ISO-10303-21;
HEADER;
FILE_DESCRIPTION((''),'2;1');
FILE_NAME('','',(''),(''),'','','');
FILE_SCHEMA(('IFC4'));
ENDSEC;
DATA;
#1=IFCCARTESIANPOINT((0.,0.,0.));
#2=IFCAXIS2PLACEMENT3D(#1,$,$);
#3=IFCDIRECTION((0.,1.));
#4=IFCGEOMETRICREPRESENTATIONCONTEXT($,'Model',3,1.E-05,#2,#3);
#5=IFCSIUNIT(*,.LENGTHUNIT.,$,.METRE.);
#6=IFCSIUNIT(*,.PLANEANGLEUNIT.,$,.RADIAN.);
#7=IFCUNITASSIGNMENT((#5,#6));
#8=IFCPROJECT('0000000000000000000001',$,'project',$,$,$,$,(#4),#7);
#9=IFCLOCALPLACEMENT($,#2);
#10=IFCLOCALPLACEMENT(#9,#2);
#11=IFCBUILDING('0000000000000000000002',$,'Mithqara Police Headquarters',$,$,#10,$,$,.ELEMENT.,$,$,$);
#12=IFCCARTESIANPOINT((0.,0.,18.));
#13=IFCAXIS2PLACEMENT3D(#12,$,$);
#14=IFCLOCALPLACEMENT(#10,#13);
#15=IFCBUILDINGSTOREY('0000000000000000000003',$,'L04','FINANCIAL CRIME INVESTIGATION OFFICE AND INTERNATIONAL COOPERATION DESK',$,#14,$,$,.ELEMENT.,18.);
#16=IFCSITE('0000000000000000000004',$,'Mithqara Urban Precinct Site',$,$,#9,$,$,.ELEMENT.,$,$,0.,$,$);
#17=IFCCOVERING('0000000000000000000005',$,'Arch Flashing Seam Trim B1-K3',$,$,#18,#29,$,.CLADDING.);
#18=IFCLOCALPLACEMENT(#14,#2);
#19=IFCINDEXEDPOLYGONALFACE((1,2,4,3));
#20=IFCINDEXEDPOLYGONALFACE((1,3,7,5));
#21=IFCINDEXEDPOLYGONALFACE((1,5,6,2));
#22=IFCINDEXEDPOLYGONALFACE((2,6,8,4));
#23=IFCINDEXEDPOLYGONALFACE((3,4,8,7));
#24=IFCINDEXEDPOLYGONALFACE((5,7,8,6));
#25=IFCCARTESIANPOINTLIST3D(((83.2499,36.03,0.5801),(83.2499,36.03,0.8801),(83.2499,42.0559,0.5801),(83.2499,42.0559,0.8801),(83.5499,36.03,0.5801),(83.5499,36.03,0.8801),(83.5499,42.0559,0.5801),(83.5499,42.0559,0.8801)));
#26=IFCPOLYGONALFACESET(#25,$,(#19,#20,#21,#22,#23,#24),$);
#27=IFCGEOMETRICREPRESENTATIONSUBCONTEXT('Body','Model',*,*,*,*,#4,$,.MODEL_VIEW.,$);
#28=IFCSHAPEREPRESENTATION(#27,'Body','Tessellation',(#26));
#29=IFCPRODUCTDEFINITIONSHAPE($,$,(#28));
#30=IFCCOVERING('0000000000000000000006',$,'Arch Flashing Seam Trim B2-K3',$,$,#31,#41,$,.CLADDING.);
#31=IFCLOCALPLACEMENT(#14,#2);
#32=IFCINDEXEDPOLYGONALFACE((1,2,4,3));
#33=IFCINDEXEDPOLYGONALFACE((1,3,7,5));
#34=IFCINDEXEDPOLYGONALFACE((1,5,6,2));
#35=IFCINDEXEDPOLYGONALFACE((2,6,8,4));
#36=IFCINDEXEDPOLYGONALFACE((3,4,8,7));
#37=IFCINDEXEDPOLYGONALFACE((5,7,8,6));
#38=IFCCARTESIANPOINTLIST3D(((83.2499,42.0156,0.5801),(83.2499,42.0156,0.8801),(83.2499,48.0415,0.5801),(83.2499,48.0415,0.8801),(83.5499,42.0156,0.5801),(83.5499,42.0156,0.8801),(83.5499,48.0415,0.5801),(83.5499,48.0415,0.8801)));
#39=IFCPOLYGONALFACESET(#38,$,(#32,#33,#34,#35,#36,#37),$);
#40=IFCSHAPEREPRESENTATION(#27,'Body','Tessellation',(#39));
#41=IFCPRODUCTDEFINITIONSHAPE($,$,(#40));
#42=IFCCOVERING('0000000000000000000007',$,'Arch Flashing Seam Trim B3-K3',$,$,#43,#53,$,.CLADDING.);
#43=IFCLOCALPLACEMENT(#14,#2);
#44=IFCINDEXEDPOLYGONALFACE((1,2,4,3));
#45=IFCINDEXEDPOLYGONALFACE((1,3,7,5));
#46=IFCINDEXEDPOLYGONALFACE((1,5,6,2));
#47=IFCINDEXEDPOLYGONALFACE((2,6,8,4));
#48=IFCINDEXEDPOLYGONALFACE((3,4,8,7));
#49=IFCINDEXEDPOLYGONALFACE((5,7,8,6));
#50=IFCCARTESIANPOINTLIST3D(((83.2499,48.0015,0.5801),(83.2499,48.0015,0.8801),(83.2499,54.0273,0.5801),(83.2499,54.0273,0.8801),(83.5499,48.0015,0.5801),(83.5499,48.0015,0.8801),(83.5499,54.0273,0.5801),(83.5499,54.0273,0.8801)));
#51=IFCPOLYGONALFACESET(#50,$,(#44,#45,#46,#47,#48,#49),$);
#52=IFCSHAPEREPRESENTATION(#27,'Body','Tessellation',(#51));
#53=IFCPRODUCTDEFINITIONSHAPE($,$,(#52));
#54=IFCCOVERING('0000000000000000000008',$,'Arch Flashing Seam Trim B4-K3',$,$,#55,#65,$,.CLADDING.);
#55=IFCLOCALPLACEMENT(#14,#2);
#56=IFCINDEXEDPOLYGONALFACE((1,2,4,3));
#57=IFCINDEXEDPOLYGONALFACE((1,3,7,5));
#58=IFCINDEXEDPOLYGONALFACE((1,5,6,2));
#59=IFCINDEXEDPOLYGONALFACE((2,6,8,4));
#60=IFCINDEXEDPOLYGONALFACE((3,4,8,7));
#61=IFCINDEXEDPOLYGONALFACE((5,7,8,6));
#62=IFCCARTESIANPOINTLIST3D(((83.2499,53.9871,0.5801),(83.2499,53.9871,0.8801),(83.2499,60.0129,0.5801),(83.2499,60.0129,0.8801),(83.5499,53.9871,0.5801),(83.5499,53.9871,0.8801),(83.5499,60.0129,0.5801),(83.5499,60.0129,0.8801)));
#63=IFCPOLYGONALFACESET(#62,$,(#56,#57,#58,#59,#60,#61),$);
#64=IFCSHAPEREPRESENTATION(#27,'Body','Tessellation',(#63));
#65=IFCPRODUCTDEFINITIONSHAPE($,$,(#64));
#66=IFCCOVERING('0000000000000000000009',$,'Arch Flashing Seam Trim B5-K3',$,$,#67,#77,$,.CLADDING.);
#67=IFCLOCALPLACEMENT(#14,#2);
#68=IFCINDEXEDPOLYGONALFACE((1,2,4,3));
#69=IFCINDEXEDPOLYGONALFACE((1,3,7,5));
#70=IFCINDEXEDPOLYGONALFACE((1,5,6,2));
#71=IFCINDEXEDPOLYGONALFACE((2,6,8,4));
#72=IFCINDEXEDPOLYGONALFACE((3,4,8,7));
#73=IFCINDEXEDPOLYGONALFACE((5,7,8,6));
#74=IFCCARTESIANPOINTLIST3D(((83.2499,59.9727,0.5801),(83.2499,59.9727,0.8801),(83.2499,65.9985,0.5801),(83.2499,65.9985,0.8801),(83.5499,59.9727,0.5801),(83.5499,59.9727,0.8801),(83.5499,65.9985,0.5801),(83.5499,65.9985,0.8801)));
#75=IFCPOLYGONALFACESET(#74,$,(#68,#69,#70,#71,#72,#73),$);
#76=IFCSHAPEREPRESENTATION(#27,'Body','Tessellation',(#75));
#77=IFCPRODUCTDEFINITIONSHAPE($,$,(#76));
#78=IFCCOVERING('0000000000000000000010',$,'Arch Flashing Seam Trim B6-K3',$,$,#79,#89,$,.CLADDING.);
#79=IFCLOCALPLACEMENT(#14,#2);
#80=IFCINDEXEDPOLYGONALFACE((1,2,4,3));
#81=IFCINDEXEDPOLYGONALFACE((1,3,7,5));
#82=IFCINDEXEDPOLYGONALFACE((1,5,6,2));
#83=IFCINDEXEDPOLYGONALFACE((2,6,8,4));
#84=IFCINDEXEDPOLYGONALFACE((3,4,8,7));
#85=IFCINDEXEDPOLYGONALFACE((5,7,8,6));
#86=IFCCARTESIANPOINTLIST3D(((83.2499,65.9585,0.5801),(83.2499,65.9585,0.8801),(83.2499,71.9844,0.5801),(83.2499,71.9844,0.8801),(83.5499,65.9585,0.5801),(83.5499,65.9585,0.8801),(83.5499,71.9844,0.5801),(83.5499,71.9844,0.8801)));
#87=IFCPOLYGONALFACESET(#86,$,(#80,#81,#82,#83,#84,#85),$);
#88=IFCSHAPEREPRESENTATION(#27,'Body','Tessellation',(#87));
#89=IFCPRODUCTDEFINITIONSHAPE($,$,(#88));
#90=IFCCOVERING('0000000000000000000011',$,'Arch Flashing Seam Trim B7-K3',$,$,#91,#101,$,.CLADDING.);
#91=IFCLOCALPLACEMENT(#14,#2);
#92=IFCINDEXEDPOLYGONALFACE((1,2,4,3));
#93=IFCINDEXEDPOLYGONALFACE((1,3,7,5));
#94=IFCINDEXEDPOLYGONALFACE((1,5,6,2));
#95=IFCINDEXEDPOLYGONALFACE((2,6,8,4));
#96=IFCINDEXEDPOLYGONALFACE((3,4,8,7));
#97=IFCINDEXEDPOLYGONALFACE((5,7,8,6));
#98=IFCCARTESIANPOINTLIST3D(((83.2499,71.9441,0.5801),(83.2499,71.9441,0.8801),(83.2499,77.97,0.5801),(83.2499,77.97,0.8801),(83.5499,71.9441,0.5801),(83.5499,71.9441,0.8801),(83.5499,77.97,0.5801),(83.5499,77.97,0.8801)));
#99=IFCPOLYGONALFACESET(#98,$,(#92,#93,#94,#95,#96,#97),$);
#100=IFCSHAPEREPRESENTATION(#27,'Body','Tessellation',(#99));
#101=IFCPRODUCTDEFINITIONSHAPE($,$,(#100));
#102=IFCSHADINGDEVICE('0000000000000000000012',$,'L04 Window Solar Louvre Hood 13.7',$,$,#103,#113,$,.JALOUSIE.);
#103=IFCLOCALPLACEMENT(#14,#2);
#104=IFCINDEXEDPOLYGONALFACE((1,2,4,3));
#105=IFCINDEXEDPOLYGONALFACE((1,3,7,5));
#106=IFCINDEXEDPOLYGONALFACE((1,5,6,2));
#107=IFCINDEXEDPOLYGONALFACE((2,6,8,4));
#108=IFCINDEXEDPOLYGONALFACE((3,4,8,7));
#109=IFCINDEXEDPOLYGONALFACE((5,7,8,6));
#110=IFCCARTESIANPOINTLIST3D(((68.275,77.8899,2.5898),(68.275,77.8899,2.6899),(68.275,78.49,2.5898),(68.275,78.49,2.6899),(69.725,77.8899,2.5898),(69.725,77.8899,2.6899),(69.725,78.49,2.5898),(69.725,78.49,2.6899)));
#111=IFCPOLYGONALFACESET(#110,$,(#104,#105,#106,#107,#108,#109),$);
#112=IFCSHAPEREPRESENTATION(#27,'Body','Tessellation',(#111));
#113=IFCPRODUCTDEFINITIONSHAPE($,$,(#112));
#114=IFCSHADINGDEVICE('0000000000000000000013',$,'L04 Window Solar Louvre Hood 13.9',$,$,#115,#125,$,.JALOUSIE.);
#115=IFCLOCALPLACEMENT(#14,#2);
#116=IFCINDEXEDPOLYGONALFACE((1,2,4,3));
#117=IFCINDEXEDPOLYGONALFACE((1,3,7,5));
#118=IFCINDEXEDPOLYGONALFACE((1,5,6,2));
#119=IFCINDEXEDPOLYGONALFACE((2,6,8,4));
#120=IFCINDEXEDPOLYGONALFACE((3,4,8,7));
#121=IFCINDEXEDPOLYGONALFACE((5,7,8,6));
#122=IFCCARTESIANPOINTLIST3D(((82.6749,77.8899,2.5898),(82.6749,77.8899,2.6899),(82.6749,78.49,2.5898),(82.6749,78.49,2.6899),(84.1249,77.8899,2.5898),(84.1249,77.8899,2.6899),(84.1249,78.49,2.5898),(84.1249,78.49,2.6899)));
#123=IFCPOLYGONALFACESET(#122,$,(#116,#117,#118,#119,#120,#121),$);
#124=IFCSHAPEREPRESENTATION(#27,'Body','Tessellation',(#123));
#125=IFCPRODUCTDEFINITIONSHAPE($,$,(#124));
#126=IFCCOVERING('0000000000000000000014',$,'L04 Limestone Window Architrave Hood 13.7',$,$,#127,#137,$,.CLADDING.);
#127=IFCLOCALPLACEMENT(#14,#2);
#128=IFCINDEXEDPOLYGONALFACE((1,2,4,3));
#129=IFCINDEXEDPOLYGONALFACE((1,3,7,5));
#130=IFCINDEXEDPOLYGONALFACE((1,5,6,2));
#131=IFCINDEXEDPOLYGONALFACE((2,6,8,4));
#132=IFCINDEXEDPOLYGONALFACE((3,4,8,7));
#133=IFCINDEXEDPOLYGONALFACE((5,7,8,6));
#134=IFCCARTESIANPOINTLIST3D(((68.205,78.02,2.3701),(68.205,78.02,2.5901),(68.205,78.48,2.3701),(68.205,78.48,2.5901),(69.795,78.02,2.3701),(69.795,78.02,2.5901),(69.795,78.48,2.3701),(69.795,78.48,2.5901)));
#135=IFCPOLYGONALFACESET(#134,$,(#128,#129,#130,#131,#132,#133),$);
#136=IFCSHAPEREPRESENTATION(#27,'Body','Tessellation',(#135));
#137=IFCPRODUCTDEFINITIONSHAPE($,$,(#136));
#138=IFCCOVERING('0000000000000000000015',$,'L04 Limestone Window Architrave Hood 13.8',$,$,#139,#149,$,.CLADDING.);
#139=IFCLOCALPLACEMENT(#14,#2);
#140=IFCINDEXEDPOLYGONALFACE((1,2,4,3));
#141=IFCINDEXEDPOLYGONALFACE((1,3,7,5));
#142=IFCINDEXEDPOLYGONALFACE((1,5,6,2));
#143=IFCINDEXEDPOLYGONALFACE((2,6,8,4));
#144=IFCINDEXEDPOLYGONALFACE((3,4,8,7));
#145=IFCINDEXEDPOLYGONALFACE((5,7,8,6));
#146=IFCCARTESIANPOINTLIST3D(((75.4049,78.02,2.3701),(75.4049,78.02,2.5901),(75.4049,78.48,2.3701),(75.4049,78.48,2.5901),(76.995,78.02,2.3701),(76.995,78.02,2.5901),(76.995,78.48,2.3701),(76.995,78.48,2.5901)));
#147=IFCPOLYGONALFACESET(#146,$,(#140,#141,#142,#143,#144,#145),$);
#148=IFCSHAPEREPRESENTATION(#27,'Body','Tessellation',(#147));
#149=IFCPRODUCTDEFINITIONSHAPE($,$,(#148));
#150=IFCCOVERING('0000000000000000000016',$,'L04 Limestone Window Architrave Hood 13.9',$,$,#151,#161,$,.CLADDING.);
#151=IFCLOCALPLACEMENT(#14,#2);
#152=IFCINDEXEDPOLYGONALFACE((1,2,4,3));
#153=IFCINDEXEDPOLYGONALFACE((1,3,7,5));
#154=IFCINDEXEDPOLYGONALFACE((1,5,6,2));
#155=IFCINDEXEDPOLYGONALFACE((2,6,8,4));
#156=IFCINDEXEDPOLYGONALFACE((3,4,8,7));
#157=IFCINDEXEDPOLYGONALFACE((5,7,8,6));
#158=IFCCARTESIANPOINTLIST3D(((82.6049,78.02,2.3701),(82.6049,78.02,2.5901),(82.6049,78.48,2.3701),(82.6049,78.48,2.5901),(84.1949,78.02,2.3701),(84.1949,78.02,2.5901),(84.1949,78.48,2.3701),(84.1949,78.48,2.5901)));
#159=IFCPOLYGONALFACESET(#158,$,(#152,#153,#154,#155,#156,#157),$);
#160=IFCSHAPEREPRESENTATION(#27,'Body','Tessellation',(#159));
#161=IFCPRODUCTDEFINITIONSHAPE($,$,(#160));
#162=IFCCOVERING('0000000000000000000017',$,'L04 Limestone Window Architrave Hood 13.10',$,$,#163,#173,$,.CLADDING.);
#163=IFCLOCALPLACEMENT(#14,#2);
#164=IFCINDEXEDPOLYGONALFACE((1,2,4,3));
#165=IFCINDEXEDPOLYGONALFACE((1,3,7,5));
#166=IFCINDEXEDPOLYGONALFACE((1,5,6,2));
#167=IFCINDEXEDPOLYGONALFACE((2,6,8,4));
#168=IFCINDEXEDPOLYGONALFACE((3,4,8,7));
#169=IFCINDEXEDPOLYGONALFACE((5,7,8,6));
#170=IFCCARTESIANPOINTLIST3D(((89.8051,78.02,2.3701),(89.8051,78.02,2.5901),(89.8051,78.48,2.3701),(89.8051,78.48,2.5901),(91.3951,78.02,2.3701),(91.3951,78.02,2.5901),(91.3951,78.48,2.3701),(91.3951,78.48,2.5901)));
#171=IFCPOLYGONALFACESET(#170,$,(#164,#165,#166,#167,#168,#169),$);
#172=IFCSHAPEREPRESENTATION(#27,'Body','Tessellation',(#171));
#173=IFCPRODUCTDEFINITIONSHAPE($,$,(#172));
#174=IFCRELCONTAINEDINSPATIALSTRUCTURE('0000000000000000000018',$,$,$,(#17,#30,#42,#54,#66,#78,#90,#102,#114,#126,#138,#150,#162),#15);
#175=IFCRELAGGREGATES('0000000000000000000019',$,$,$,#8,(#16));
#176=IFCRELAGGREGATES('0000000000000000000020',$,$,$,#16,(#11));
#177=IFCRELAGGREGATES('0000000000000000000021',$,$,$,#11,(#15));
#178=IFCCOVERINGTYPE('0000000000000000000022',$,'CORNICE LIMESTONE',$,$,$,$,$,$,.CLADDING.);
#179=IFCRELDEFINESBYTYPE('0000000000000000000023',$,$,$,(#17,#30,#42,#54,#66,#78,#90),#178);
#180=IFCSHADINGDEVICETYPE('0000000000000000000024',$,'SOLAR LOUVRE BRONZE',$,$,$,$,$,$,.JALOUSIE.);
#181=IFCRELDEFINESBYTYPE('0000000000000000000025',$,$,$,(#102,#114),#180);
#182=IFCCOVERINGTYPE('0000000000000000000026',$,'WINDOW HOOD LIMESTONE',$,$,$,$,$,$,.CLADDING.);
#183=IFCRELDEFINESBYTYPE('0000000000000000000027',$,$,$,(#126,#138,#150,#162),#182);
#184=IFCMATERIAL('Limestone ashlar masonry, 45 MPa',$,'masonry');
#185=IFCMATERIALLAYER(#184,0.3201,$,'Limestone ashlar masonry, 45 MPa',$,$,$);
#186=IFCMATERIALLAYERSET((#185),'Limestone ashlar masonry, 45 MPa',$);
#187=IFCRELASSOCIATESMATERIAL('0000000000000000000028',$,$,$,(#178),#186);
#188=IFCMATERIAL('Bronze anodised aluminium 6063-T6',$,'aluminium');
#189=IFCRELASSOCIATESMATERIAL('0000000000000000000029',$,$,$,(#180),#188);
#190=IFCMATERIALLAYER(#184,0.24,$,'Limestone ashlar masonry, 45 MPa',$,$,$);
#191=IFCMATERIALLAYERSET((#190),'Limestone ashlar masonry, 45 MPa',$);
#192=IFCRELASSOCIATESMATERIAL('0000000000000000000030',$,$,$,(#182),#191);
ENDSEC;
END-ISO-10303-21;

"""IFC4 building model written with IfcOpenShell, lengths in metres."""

from ifc_helpers import new_model, si_unit, direction, frame, origin, origin_2d, place, context, subcontext, project, spatial, rectangle, extrude, material, layer, layer_set, type_object, element, save


model = new_model("IFC4")

# Units and contexts
model_context = context("Model", 3, precision=1e-05, world=origin(), true_north=direction((0.0, 1.0)))
body_context = subcontext(model_context, "Body", "Model", "MODEL_VIEW")
ifc_project = project(units=[si_unit("LENGTHUNIT", "METRE"), si_unit("PLANEANGLEUNIT", "RADIAN")], contexts=[model_context])

# Site, building, storey
site_placement = place(None, origin())
site = spatial("IfcSite", under=ifc_project, at=site_placement, Name="Mithqara Urban Precinct Site", CompositionType="ELEMENT", RefElevation=0.0)
building_placement = place(site_placement, origin())
building = spatial("IfcBuilding", under=site, at=building_placement, Name="Mithqara Police Headquarters", CompositionType="ELEMENT")
storey_placement = place(building_placement, frame((0.0, 0.0, 18.0)))
storey = spatial("IfcBuildingStorey", under=building, at=storey_placement, Name="L04", Description="FINANCIAL CRIME INVESTIGATION OFFICE AND INTERNATIONAL COOPERATION DESK", CompositionType="ELEMENT", Elevation=18.0)

# Coverings
ifc_material_1 = material(Name="Limestone ashlar masonry, 45 MPa", Category="masonry")
ifc_layer_1 = layer(ifc_material_1, 0.3201, Name="Limestone ashlar masonry, 45 MPa")
ifc_layer_set_1 = layer_set([ifc_layer_1], Name="Limestone ashlar masonry, 45 MPa")
covering_type_1 = type_object("IfcCoveringType", Name="CORNICE LIMESTONE", PredefinedType="CLADDING", material=ifc_layer_set_1)
for number, where, z_axis, x_axis, name in (
    (1, (83.3999, 39.043, 0.5801), (0.0, 0.0, 1.0), (1.0, 0.0, 0.0), "Arch Flashing Seam Trim B1-K3"),
    (2, (83.3999, 45.0286, 0.5801), (0.0, 0.0, 1.0), (1.0, 0.0, 0.0), "Arch Flashing Seam Trim B2-K3"),
    (3, (83.3999, 51.0144, 0.5801), (0.0, 0.0, 1.0), (1.0, 0.0, 0.0), "Arch Flashing Seam Trim B3-K3"),
    (4, (83.3999, 57.0, 0.5801), (0.0, 0.0, 1.0), (1.0, 0.0, 0.0), "Arch Flashing Seam Trim B4-K3"),
    (5, (83.3999, 62.9856, 0.5801), (0.0, 0.0, 1.0), (1.0, 0.0, 0.0), "Arch Flashing Seam Trim B5-K3"),
    (6, (83.3999, 68.9714, 0.5801), (0.0, 0.0, 1.0), (1.0, 0.0, 0.0), "Arch Flashing Seam Trim B6-K3"),
    (7, (83.3999, 74.957, 0.5801), (0.0, 0.0, 1.0), (1.0, 0.0, 0.0), "Arch Flashing Seam Trim B7-K3"),
):
    element("IfcCovering", number, at=place(storey_placement, frame(where, z_axis=z_axis, x_axis=x_axis)), inside=storey, type_object=covering_type_1, Name=name, PredefinedType="CLADDING", context=body_context, shape_type="SweptSolid", body=[
        extrude(rectangle(XDim=0.3, YDim=6.0259, at=origin_2d()), origin(), (0.0, 0.0, 1.0), 0.3),
    ])

# Shading devices
ifc_material_2 = material(Name="Bronze anodised aluminium 6063-T6", Category="aluminium")
shading_device_type = type_object("IfcShadingDeviceType", Name="SOLAR LOUVRE BRONZE", PredefinedType="JALOUSIE", material=ifc_material_2)
for number, where, z_axis, x_axis, name in (
    (8, (69.0, 78.1899, 2.5898), (0.0, 0.0, 1.0), (1.0, 0.0, 0.0), "L04 Window Solar Louvre Hood 13.7"),
    (9, (83.3999, 78.1899, 2.5898), (0.0, 0.0, 1.0), (1.0, 0.0, 0.0), "L04 Window Solar Louvre Hood 13.9"),
):
    element("IfcShadingDevice", number, at=place(storey_placement, frame(where, z_axis=z_axis, x_axis=x_axis)), inside=storey, type_object=shading_device_type, Name=name, PredefinedType="JALOUSIE", context=body_context, shape_type="SweptSolid", body=[
        extrude(rectangle(XDim=1.45, YDim=0.6001, at=origin_2d()), origin(), (0.0, 0.0, 1.0), 0.1001),
    ])

# Coverings
ifc_layer_2 = layer(ifc_material_1, 0.24, Name="Limestone ashlar masonry, 45 MPa")
ifc_layer_set_2 = layer_set([ifc_layer_2], Name="Limestone ashlar masonry, 45 MPa")
covering_type_2 = type_object("IfcCoveringType", Name="WINDOW HOOD LIMESTONE", PredefinedType="CLADDING", material=ifc_layer_set_2)
for number, where, z_axis, x_axis, name in (
    (10, (69.0, 78.25, 2.3701), (0.0, 0.0, 1.0), (1.0, 0.0, 0.0), "L04 Limestone Window Architrave Hood 13.7"),
    (11, (76.2, 78.25, 2.3701), (0.0, 0.0, 1.0), (1.0, 0.0, 0.0), "L04 Limestone Window Architrave Hood 13.8"),
    (12, (83.3999, 78.25, 2.3701), (0.0, 0.0, 1.0), (1.0, 0.0, 0.0), "L04 Limestone Window Architrave Hood 13.9"),
    (13, (90.6001, 78.25, 2.3701), (0.0, 0.0, 1.0), (1.0, 0.0, 0.0), "L04 Limestone Window Architrave Hood 13.10"),
):
    element("IfcCovering", number, at=place(storey_placement, frame(where, z_axis=z_axis, x_axis=x_axis)), inside=storey, type_object=covering_type_2, Name=name, PredefinedType="CLADDING", context=body_context, shape_type="SweptSolid", body=[
        extrude(rectangle(XDim=1.5901, YDim=0.46, at=origin_2d()), origin(), (0.0, 0.0, 1.0), 0.22),
    ])

save(model, "model.ifc")
